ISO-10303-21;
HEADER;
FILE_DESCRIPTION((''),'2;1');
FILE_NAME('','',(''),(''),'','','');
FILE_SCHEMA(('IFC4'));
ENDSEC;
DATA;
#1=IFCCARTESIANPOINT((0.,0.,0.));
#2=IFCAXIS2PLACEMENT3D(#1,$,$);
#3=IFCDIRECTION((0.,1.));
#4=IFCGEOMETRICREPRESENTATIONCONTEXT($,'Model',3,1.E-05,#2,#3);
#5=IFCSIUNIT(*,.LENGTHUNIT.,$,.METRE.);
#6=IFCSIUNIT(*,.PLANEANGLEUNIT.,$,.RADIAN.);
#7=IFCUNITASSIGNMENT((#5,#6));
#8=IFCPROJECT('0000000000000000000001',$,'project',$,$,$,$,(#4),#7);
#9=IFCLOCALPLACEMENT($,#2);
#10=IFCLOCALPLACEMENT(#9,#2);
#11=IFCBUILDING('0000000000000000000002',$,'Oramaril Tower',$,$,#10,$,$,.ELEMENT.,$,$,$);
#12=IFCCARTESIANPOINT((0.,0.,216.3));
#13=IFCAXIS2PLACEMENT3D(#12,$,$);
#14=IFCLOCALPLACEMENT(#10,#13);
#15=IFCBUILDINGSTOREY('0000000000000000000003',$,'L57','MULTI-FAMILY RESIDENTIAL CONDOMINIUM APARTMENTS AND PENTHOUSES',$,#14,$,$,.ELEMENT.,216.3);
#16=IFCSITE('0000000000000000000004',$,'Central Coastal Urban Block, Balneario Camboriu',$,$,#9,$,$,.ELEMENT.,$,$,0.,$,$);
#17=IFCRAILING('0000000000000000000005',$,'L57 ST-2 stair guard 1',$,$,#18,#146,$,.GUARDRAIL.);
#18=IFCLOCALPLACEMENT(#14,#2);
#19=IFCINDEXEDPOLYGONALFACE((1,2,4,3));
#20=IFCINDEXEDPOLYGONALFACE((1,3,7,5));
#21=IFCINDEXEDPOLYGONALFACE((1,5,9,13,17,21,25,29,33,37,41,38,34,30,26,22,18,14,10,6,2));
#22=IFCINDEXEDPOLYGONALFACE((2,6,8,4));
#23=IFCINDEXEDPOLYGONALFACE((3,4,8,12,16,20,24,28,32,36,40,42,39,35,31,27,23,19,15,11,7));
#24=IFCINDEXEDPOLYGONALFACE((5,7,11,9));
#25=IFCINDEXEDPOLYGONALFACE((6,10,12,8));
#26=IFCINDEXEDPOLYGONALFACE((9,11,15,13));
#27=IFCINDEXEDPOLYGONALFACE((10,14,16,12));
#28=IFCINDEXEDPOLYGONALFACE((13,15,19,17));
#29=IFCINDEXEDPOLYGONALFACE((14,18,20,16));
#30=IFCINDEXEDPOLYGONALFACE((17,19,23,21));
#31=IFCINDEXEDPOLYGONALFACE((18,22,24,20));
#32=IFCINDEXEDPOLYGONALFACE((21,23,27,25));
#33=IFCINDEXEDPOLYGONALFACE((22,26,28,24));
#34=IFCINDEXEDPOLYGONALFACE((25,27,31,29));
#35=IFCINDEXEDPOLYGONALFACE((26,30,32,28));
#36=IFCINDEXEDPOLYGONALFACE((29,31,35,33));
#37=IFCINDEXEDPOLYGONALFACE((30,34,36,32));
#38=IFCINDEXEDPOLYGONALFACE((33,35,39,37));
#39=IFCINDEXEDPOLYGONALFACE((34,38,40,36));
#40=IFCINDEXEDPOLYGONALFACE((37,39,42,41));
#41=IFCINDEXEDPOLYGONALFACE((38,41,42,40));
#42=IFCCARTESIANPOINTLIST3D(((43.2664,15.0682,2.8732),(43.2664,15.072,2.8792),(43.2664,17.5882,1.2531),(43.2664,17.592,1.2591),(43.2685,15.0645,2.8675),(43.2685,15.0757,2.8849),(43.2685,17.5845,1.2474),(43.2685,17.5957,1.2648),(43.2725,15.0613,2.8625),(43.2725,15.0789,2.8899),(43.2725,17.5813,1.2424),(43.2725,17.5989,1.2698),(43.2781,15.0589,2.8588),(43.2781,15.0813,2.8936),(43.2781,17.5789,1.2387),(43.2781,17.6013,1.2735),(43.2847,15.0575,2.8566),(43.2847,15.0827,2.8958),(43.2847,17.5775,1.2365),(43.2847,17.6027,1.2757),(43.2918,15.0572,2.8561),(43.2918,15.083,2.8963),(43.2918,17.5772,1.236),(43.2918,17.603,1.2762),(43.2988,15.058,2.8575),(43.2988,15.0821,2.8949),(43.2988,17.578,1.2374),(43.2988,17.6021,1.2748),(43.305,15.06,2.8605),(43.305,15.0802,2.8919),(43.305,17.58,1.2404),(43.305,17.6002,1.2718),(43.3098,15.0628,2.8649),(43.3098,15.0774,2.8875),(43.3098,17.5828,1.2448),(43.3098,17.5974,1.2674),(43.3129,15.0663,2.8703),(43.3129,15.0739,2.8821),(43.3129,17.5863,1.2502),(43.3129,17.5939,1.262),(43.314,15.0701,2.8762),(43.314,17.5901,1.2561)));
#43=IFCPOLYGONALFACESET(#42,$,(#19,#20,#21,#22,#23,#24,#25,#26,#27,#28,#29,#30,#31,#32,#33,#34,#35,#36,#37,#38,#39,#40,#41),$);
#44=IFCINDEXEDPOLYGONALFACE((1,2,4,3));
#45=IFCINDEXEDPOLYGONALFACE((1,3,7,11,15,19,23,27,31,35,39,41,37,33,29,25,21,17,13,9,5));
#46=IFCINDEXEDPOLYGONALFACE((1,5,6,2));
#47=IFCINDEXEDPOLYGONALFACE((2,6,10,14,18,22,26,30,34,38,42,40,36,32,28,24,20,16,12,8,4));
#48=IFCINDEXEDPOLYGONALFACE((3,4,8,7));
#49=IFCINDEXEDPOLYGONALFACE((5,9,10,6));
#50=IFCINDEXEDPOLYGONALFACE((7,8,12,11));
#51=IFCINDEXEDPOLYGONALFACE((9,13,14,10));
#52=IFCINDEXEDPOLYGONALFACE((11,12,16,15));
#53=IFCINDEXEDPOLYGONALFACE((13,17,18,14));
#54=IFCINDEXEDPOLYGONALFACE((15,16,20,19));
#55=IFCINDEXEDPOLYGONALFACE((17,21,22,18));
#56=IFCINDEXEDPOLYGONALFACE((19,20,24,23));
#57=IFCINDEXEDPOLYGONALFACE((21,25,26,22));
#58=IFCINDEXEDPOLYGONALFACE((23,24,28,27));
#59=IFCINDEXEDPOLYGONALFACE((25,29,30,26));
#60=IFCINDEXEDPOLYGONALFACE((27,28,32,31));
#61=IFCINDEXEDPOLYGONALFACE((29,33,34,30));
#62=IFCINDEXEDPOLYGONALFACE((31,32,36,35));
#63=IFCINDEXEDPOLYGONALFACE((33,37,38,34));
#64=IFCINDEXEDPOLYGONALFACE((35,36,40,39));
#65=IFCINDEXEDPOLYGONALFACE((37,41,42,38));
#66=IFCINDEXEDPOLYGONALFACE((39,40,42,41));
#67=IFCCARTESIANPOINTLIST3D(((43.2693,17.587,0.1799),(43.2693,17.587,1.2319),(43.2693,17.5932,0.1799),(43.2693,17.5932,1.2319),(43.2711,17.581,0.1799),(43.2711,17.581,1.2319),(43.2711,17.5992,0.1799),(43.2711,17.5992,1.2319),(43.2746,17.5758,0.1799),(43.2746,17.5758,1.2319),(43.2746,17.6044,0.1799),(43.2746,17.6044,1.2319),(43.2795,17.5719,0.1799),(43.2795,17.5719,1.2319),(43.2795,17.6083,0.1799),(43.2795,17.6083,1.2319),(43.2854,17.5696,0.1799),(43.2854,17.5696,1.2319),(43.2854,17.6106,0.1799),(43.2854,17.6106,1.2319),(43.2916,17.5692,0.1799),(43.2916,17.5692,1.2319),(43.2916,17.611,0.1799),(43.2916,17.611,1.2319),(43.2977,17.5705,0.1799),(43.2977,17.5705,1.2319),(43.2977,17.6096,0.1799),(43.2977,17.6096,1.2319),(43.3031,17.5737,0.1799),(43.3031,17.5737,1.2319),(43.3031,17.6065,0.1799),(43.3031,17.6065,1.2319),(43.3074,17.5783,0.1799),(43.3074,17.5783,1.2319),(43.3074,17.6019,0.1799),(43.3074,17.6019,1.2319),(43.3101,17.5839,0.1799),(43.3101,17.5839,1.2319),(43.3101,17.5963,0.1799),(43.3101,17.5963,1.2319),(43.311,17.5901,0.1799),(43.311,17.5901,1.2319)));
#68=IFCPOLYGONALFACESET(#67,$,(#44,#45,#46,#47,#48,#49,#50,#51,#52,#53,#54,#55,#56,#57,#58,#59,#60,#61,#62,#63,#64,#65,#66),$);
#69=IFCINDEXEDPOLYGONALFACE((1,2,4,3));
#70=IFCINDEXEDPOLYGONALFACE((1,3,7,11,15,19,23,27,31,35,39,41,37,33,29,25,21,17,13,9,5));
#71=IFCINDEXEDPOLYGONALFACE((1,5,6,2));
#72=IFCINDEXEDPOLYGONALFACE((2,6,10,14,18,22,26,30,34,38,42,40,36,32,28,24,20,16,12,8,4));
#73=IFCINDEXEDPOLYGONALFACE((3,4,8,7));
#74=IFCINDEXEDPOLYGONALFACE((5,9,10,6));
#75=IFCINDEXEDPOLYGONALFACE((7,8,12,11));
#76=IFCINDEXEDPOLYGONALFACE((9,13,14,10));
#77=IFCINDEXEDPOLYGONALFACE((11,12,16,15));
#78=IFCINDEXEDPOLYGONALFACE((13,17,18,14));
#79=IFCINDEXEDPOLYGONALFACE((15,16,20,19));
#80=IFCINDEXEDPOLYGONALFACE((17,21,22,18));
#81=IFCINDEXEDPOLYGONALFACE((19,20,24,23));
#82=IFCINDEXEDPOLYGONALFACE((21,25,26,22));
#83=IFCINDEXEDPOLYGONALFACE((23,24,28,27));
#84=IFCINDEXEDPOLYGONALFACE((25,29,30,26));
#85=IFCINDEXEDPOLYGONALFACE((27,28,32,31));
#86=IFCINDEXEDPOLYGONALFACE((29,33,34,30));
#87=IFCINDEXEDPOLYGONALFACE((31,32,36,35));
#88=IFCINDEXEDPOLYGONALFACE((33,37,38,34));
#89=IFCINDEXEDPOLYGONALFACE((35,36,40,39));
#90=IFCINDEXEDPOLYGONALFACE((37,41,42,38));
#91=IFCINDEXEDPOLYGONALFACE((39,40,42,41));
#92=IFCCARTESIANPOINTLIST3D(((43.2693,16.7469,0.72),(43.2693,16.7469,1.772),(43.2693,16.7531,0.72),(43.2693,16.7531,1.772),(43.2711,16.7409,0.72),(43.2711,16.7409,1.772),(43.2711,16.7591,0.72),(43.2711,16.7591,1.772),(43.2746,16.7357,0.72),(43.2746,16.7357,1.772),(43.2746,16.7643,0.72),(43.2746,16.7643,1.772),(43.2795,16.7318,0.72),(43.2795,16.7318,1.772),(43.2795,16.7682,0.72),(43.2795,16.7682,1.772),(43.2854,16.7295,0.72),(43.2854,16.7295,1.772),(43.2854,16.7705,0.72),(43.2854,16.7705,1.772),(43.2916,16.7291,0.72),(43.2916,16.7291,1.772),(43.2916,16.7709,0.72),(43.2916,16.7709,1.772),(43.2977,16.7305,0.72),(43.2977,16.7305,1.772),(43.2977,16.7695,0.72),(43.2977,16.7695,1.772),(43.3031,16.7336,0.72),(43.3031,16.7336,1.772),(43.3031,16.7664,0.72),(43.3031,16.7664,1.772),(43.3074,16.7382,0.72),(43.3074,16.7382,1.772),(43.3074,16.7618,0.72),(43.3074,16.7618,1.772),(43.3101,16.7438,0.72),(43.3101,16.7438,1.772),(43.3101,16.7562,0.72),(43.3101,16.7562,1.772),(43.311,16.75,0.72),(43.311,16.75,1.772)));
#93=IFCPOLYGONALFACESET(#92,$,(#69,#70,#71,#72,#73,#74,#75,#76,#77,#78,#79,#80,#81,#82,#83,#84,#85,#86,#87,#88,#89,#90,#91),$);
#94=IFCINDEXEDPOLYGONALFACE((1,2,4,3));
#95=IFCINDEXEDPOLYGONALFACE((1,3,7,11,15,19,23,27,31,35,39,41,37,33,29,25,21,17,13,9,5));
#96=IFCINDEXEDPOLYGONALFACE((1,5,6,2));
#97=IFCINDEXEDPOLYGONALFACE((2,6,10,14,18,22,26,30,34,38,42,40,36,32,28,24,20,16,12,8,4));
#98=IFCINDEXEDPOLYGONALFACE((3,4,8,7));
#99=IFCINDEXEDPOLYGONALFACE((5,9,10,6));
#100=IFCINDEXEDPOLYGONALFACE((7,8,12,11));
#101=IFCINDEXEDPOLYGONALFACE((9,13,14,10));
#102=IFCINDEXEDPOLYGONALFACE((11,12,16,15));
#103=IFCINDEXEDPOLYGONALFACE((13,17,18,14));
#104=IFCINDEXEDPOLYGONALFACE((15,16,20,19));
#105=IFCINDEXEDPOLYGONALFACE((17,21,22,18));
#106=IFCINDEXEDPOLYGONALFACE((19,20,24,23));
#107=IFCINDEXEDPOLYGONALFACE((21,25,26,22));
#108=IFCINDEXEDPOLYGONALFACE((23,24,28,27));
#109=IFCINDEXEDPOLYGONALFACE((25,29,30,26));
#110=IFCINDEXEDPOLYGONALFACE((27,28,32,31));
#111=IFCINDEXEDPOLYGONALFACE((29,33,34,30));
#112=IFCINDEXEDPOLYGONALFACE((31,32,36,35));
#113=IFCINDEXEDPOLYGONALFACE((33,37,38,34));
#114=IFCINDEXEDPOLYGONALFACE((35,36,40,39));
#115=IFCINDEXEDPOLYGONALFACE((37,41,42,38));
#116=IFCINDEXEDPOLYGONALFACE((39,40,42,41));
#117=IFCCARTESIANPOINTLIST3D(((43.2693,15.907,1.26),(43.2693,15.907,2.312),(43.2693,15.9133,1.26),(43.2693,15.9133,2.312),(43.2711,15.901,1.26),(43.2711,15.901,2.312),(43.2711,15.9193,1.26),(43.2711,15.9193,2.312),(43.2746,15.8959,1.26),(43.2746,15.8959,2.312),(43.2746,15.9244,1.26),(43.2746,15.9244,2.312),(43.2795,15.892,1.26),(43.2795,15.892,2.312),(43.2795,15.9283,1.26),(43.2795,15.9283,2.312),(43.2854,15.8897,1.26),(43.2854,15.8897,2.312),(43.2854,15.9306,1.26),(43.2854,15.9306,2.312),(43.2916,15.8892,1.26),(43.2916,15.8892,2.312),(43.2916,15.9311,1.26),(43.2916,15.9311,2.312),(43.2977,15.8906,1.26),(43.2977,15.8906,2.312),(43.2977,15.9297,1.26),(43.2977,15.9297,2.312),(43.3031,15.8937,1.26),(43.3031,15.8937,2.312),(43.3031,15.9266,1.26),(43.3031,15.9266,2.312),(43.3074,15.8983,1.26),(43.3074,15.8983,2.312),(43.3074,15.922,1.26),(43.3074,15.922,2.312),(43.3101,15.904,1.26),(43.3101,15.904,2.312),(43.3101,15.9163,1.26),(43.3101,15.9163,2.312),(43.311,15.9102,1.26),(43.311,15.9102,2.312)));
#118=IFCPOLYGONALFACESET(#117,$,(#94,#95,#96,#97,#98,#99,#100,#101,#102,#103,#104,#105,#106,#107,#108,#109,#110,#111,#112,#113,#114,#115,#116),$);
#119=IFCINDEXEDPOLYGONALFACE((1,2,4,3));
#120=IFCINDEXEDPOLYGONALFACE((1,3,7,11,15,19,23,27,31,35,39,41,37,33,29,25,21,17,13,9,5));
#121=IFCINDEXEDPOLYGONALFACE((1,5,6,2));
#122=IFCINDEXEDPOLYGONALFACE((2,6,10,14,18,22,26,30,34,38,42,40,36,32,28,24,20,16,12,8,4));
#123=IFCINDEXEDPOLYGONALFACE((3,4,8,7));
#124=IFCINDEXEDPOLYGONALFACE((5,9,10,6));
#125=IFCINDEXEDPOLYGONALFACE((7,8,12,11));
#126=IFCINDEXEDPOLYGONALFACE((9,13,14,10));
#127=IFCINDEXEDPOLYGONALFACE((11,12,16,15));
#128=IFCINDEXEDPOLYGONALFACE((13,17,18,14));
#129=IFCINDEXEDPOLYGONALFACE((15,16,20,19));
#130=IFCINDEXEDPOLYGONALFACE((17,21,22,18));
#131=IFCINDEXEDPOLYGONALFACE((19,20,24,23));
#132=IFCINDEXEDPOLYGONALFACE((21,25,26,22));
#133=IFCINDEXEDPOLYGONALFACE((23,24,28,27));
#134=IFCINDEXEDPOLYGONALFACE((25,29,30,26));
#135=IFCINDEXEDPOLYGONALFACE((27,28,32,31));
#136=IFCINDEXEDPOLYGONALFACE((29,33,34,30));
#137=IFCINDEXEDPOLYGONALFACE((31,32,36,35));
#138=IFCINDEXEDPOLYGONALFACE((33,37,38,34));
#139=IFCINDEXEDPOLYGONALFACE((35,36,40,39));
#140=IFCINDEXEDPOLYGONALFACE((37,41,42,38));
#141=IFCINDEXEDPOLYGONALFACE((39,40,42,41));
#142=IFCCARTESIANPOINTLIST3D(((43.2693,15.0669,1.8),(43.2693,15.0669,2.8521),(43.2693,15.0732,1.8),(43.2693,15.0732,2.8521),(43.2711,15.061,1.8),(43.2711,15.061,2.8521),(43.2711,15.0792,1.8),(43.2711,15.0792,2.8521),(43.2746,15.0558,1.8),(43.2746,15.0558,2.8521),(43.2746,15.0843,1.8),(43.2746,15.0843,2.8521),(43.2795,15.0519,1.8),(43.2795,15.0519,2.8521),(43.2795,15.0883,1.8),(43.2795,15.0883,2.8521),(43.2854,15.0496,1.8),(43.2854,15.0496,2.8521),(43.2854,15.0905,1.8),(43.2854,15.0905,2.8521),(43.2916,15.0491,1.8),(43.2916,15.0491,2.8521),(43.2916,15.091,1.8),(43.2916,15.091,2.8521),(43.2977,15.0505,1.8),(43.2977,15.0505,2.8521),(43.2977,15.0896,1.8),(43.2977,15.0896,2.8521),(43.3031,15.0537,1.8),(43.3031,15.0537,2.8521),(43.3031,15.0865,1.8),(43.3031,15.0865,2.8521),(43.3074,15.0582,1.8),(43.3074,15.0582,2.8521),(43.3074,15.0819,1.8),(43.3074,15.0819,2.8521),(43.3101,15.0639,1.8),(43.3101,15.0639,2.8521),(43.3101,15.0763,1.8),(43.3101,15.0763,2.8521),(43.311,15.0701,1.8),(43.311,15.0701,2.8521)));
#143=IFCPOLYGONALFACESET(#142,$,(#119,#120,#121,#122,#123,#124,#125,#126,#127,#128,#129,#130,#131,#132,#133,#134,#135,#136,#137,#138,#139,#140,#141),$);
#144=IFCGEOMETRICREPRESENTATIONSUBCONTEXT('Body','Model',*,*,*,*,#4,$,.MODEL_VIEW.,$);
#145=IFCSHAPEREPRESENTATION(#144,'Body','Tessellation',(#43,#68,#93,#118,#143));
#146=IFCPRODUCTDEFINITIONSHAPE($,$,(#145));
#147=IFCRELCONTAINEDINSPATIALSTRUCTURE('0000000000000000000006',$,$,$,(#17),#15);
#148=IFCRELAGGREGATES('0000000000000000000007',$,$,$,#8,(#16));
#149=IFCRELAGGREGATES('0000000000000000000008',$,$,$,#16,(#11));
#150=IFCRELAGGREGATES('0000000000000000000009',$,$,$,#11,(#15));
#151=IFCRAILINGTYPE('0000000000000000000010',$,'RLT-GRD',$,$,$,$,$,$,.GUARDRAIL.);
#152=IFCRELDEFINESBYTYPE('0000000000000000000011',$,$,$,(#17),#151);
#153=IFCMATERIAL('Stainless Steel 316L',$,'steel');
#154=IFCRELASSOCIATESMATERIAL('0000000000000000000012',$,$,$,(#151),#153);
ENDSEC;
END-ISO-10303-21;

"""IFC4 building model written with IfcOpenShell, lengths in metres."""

from ifc_helpers import new_model, si_unit, direction, frame, origin, origin_2d, place, context, subcontext, project, spatial, circle, extrude, material, type_object, element, save


model = new_model("IFC4")

# Units and contexts
model_context = context("Model", 3, precision=1e-05, world=origin(), true_north=direction((0.0, 1.0)))
body_context = subcontext(model_context, "Body", "Model", "MODEL_VIEW")
ifc_project = project(units=[si_unit("LENGTHUNIT", "METRE"), si_unit("PLANEANGLEUNIT", "RADIAN")], contexts=[model_context])

# Site, building, storey
site_placement = place(None, origin())
site = spatial("IfcSite", under=ifc_project, at=site_placement, Name="Central Coastal Urban Block, Balneario Camboriu", CompositionType="ELEMENT", RefElevation=0.0)
building_placement = place(site_placement, origin())
building = spatial("IfcBuilding", under=site, at=building_placement, Name="Oramaril Tower", CompositionType="ELEMENT")
storey_placement = place(building_placement, frame((0.0, 0.0, 216.3)))
storey = spatial("IfcBuildingStorey", under=building, at=storey_placement, Name="L57", Description="MULTI-FAMILY RESIDENTIAL CONDOMINIUM APARTMENTS AND PENTHOUSES", CompositionType="ELEMENT", Elevation=216.3)

# Railing
ifc_material_1 = material(Name="Stainless Steel 316L", Category="steel")
railing_type_1 = type_object("IfcRailingType", Name="RLT-GRD", PredefinedType="GUARDRAIL", material=ifc_material_1)
railing_1_placement = place(storey_placement, frame((43.29, 17.5901, 0.1799)))
element("IfcRailing", 1, at=railing_1_placement, inside=storey, type_object=railing_type_1, Name="L57 ST-2 stair guard 1", PredefinedType="GUARDRAIL", context=body_context, shape_type="SweptSolid", body=[
    extrude(circle(Radius=0.0239, at=origin_2d()), frame((0.0, 0.0, 1.0762), z_axis=(0.0, -0.841163, 0.540782), x_axis=(1.0, 0.0, 0.0)), (0.0, 0.0, 1.0), 2.9958),
    extrude(circle(Radius=0.021, at=origin_2d()), origin(), (0.0, 0.0, 1.0), 1.052),
    extrude(circle(Radius=0.021, at=origin_2d()), frame((0.0, -0.8401, 0.54)), (0.0, 0.0, 1.0), 1.052),
    extrude(circle(Radius=0.021, at=origin_2d()), frame((0.0, -1.6799, 1.0801)), (0.0, 0.0, 1.0), 1.052),
    extrude(circle(Radius=0.021, at=origin_2d()), frame((0.0, -2.52, 1.6201)), (0.0, 0.0, 1.0), 1.052),
])

save(model, "model.ifc")
